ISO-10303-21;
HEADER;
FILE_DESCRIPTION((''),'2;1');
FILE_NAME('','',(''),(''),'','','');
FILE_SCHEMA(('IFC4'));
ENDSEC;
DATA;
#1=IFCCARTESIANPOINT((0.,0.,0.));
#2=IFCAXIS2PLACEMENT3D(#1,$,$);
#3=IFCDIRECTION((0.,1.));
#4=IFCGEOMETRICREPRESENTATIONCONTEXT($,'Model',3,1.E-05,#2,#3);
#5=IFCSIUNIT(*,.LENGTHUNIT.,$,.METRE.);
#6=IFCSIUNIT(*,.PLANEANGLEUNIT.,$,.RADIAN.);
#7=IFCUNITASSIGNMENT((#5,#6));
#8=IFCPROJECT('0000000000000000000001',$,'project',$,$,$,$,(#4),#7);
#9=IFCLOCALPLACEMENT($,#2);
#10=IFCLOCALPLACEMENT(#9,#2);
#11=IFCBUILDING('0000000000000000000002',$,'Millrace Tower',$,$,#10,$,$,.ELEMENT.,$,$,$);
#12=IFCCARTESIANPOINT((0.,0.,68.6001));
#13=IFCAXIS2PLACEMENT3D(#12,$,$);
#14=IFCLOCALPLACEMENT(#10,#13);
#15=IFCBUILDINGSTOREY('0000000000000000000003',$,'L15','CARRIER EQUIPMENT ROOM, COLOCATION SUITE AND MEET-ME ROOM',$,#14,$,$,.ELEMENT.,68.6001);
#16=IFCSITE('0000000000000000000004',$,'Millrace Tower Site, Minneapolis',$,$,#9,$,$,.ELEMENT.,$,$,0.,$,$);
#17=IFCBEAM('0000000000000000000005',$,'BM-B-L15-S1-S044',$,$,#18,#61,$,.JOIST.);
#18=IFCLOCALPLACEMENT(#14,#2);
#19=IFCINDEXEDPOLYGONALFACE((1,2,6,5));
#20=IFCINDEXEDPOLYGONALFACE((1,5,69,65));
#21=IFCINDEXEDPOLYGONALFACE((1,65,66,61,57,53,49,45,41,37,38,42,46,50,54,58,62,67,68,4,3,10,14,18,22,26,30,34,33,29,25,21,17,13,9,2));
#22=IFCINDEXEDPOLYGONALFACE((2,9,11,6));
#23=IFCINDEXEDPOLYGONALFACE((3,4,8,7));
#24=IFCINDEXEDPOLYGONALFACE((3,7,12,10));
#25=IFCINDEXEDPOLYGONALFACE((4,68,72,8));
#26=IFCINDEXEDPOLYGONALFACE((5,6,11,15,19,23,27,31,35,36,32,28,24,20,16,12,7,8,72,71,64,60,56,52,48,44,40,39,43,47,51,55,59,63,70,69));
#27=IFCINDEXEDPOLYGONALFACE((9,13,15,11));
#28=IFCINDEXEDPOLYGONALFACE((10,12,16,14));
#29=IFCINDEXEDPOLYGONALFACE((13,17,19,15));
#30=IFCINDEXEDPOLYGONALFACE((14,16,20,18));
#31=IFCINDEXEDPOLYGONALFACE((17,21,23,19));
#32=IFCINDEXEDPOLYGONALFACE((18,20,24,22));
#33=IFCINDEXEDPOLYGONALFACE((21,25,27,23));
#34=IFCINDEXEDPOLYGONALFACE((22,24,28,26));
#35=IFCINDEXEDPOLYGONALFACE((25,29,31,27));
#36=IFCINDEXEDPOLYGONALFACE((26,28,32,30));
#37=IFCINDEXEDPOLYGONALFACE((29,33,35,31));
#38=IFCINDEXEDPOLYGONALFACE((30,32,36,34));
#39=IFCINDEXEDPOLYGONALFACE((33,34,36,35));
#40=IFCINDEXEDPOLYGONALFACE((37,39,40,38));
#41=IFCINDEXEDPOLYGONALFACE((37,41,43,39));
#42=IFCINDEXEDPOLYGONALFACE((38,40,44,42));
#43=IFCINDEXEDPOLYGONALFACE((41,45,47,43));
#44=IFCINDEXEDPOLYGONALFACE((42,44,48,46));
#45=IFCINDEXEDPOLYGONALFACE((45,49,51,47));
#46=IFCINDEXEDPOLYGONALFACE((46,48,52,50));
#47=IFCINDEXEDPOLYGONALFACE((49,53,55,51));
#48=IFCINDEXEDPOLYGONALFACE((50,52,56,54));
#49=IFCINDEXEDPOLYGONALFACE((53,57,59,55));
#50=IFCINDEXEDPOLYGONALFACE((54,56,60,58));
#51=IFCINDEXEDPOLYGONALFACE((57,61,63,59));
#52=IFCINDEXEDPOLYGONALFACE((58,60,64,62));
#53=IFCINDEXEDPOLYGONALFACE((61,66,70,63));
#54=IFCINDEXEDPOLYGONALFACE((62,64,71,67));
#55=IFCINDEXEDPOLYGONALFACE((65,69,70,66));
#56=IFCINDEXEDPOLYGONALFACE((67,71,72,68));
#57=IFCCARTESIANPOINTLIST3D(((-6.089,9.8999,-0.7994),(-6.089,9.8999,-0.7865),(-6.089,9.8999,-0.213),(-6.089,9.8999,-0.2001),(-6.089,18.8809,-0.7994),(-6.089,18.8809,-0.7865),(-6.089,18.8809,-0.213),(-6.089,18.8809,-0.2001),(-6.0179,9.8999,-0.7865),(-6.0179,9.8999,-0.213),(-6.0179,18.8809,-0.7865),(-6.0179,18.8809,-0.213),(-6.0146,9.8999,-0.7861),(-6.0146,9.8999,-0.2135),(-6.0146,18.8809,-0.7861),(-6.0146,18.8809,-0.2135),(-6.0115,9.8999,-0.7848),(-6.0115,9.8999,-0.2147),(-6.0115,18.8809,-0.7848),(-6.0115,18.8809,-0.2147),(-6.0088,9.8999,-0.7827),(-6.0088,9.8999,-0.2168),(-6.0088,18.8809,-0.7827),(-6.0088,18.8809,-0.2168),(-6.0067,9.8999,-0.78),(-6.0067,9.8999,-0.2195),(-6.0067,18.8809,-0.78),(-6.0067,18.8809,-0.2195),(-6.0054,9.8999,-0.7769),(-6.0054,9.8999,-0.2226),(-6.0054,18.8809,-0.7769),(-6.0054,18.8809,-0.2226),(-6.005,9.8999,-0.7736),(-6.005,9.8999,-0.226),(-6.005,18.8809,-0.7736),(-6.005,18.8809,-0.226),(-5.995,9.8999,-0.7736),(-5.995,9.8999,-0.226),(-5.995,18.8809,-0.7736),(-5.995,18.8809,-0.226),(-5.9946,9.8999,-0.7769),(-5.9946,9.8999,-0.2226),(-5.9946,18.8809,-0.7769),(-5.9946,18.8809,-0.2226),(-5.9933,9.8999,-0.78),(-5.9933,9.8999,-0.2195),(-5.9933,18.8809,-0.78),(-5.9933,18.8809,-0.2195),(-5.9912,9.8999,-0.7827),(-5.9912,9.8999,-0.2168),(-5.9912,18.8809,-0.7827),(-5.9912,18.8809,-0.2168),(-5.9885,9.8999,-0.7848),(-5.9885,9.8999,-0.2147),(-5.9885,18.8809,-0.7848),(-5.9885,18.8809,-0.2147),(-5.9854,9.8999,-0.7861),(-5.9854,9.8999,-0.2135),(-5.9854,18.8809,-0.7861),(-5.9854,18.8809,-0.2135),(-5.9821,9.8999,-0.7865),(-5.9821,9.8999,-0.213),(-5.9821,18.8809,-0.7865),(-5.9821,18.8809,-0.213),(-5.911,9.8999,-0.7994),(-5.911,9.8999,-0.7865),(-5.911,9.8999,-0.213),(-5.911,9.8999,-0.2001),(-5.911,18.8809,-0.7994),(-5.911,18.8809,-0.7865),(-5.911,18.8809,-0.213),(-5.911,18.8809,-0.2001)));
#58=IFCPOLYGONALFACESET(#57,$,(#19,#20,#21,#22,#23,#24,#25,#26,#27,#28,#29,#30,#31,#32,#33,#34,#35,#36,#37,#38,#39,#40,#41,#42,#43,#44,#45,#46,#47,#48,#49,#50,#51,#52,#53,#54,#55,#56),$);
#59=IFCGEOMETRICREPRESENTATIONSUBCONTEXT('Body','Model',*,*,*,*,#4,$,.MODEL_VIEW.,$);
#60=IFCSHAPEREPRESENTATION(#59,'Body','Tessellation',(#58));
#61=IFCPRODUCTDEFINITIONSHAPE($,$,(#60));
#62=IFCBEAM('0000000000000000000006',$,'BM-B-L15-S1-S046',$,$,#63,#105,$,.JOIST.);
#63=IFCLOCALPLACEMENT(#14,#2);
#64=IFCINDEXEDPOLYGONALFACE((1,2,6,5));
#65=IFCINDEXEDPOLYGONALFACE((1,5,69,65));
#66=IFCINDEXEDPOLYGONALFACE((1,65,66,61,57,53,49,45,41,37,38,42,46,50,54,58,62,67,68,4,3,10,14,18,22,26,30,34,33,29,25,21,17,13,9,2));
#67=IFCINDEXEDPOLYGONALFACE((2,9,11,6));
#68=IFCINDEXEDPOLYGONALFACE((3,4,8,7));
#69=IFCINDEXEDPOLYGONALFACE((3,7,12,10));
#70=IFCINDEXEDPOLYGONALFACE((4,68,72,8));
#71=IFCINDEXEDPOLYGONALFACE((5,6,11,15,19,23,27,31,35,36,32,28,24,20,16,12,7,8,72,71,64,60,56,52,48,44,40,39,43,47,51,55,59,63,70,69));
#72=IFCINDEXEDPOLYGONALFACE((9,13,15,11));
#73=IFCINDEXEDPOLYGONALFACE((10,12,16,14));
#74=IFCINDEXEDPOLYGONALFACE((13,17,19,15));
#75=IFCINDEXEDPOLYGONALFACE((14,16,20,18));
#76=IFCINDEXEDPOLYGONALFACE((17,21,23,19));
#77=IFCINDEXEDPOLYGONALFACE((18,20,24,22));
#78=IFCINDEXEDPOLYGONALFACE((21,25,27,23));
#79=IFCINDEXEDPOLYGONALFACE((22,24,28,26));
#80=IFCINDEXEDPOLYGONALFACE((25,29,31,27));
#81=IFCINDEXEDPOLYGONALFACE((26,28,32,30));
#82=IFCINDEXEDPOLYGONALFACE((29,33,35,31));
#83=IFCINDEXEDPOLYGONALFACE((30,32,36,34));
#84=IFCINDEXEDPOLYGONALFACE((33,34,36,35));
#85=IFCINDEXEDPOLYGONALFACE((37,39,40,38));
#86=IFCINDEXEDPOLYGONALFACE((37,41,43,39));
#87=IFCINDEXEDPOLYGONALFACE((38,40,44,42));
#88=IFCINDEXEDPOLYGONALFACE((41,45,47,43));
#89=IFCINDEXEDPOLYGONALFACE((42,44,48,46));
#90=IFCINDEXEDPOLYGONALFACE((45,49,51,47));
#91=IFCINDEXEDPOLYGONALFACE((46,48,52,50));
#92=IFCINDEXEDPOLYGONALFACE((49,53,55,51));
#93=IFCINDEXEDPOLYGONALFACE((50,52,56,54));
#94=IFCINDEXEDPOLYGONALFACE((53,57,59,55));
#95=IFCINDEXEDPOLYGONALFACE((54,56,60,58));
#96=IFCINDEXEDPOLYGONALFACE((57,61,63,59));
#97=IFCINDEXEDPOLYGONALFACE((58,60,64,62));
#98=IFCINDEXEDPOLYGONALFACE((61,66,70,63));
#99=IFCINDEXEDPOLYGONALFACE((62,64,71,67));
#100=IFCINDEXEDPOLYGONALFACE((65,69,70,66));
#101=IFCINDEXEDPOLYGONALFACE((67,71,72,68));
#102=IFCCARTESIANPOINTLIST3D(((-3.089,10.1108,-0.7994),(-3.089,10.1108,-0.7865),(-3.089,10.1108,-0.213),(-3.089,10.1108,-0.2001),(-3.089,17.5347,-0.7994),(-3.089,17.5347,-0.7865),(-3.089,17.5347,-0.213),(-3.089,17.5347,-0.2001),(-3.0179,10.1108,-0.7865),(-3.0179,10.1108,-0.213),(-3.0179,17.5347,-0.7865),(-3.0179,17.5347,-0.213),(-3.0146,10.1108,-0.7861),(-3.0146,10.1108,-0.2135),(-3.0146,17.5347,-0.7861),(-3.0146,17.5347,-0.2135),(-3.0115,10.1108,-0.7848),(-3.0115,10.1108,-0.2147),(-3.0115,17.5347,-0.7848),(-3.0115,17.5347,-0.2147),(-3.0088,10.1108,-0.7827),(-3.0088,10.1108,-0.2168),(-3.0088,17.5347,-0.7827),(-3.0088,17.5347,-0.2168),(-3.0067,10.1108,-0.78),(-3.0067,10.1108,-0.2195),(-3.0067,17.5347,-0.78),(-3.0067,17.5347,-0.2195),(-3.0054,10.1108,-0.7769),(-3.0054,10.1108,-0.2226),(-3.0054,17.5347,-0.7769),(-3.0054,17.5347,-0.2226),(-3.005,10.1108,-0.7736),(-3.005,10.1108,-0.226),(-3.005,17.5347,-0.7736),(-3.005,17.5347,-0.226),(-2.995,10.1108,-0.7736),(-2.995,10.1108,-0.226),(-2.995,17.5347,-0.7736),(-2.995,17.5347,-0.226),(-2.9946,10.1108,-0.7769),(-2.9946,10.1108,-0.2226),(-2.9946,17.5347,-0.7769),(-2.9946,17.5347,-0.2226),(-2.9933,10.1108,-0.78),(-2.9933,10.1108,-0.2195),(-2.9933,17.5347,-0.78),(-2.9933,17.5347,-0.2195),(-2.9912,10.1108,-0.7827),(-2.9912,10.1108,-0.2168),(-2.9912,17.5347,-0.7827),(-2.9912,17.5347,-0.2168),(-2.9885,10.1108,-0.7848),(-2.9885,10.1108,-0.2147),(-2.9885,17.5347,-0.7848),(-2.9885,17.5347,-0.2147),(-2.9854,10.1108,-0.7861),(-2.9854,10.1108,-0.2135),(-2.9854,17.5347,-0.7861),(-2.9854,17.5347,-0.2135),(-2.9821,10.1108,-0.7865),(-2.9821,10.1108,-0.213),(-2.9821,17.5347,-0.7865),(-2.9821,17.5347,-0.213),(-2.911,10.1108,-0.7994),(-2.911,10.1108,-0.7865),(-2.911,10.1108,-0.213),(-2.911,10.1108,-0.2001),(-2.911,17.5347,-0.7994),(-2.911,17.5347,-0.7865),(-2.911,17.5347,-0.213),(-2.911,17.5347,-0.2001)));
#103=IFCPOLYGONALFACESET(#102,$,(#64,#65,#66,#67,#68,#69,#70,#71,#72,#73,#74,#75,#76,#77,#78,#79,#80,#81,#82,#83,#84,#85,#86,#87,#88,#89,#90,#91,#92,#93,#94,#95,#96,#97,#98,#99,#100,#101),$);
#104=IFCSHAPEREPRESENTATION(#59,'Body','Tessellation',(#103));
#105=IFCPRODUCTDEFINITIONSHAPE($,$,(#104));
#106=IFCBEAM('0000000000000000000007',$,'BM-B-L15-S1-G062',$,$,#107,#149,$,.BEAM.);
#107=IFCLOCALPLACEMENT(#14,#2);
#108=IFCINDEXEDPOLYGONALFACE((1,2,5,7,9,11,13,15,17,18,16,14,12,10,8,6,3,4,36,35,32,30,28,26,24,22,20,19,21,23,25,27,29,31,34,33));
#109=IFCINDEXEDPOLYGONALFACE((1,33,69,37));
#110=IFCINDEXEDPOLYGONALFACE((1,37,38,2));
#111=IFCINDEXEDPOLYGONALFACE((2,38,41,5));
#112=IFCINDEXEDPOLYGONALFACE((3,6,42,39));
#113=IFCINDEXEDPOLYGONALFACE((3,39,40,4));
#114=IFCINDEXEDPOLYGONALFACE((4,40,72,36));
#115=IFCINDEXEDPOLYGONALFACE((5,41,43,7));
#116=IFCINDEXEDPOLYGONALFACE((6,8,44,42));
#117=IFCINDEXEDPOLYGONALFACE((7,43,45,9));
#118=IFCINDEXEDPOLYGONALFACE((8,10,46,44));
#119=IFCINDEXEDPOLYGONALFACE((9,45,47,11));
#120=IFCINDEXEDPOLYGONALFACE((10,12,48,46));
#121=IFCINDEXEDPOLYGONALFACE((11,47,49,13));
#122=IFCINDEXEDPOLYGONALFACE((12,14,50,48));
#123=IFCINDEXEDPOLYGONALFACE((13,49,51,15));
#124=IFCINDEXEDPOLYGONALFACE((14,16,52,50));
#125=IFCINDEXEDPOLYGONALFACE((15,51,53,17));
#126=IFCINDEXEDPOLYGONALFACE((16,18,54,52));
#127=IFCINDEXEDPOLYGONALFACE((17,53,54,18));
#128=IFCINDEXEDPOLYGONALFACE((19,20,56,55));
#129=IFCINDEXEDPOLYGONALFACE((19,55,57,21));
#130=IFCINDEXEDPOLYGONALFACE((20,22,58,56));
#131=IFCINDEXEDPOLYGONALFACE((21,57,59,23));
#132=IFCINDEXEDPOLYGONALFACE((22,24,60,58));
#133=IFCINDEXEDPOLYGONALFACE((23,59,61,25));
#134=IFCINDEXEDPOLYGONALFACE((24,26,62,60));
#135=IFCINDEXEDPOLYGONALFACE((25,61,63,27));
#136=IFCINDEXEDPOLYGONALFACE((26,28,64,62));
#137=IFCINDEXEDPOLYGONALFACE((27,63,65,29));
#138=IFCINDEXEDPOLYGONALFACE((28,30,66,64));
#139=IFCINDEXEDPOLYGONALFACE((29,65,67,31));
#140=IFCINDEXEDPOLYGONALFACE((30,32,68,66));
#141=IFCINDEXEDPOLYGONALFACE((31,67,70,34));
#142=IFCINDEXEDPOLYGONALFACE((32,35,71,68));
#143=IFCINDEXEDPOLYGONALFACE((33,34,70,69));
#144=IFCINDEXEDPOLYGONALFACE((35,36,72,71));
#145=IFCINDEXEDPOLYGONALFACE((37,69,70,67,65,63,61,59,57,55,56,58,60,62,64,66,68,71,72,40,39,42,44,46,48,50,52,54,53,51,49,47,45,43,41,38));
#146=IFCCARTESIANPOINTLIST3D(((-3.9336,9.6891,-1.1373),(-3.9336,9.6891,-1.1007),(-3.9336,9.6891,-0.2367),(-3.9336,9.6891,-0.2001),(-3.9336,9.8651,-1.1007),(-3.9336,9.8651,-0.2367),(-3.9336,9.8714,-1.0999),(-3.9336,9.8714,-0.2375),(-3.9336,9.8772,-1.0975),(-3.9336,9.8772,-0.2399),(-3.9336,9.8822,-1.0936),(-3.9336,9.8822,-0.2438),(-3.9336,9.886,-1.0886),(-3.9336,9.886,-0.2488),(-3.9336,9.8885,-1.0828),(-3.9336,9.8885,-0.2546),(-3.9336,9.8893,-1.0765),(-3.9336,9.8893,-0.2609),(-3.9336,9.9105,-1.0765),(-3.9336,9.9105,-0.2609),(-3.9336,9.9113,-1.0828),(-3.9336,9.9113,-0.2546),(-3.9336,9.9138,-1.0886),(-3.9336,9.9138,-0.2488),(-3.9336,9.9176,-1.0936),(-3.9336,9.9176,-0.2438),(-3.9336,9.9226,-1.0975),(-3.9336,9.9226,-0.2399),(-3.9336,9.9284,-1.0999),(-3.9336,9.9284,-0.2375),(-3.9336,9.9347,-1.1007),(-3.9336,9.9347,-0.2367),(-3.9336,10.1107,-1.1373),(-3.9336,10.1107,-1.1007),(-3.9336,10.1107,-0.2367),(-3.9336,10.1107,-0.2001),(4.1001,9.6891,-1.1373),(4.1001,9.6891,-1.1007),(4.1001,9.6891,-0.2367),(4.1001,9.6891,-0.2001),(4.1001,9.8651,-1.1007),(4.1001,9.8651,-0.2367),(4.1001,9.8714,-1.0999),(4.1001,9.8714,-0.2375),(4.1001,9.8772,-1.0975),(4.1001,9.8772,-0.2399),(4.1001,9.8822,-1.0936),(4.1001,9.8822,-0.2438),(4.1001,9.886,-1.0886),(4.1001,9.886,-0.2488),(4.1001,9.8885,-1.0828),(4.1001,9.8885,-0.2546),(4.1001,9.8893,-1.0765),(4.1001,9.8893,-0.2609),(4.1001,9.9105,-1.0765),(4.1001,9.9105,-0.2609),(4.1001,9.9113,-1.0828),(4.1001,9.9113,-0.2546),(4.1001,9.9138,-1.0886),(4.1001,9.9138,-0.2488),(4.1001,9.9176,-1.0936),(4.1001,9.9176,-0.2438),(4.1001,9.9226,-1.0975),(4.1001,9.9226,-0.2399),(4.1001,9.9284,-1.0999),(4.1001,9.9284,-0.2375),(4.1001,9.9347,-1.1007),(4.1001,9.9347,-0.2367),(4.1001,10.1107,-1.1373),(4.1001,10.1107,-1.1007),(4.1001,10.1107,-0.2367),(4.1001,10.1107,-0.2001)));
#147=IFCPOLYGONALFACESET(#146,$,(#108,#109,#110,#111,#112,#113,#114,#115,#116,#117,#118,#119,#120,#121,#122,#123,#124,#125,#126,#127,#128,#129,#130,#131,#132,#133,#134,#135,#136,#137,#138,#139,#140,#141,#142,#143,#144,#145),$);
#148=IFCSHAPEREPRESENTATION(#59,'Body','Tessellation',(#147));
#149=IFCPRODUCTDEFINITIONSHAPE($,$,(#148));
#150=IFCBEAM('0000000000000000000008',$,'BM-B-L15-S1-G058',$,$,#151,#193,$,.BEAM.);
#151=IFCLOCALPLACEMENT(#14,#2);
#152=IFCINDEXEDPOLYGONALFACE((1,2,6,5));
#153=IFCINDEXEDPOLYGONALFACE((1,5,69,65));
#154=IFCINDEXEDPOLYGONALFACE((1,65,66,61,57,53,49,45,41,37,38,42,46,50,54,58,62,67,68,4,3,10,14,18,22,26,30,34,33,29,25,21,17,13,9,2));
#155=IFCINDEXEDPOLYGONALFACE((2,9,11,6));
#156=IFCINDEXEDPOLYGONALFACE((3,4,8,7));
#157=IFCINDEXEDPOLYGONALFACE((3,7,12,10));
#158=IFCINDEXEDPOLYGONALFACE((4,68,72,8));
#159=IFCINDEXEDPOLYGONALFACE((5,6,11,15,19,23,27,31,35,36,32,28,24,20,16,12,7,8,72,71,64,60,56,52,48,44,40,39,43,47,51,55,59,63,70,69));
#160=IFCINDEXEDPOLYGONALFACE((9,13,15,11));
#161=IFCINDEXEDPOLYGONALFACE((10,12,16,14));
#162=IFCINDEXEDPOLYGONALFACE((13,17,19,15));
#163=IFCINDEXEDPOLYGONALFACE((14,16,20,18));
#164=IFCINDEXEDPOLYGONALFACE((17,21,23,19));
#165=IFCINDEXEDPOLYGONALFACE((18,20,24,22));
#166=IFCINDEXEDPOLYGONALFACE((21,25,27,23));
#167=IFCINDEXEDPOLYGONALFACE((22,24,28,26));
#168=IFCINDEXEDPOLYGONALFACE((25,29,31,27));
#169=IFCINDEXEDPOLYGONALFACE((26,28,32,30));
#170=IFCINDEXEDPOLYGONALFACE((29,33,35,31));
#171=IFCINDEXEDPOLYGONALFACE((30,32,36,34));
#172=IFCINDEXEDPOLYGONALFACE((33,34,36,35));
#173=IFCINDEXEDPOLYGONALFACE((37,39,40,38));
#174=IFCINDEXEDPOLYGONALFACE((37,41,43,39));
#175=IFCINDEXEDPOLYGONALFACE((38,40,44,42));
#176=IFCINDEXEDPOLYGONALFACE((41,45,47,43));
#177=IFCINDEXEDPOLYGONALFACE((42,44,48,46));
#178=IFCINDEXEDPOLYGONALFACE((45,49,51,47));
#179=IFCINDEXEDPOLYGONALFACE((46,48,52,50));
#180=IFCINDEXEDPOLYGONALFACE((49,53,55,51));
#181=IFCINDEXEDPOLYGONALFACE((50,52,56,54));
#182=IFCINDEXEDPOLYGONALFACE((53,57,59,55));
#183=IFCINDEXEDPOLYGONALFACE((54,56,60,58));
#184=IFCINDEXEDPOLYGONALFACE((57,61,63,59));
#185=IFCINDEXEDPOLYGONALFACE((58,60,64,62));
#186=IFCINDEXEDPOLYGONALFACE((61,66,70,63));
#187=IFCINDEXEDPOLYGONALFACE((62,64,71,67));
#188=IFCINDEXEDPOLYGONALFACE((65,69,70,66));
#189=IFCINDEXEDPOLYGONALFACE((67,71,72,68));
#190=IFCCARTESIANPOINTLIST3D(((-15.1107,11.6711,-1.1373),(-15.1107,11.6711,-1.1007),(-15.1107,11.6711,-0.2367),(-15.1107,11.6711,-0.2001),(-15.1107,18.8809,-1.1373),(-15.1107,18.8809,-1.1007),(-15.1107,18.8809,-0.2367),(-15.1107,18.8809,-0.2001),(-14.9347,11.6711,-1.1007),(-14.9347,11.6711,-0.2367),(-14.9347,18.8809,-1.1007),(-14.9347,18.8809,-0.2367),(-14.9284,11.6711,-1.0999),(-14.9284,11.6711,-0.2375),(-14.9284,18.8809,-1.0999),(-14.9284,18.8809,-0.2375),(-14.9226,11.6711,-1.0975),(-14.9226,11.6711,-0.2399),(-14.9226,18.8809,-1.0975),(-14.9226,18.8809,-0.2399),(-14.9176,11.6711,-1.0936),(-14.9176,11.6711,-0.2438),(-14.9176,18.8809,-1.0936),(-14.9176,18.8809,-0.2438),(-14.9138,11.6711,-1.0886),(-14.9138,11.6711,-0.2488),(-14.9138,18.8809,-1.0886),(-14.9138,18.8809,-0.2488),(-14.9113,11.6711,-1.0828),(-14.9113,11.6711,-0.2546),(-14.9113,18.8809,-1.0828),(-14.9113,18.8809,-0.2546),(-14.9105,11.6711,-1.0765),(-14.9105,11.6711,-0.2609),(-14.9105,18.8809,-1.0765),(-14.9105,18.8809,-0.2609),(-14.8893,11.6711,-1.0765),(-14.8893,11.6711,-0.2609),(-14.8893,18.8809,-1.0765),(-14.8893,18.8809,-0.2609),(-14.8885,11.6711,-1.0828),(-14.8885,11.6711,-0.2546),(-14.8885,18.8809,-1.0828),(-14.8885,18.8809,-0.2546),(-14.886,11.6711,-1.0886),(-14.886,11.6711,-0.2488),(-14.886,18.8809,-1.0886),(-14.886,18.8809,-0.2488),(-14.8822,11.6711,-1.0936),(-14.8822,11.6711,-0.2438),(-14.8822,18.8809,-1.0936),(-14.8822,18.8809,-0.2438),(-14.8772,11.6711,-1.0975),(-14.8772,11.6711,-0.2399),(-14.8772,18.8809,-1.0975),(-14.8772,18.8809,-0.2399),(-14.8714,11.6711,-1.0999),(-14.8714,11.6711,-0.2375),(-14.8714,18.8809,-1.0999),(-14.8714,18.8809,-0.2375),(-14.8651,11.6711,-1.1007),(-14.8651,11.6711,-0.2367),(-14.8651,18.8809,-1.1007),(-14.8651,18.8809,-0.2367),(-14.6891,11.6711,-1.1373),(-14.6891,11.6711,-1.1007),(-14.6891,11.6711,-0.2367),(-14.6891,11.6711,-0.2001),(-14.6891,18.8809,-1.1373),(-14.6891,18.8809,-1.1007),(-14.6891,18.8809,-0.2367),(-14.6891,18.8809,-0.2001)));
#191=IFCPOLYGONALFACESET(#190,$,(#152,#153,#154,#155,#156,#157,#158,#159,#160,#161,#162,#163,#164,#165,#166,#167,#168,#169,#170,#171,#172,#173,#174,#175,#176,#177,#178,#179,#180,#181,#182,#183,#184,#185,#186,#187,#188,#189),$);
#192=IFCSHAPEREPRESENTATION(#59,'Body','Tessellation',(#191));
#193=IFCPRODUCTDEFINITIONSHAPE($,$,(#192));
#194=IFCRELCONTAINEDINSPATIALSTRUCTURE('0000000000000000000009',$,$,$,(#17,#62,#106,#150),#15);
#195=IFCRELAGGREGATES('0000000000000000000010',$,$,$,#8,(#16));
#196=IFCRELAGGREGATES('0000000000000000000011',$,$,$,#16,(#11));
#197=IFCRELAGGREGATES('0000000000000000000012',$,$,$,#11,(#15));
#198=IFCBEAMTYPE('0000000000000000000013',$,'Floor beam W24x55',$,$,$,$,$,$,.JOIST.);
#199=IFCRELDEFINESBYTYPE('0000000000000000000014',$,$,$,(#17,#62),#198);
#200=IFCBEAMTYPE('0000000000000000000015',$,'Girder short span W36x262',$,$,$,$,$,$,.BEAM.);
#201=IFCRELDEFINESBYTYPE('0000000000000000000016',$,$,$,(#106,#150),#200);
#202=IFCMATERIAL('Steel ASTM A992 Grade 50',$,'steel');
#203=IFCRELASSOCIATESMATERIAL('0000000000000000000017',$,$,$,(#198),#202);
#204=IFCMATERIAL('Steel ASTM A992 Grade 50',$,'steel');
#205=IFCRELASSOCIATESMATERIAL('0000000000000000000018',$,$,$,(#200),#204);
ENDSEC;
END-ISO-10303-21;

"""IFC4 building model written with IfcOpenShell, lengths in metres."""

from ifc_helpers import new_model, si_unit, direction, frame, origin, origin_2d, place, context, subcontext, project, spatial, i_section, extrude, material, material_profile, profile_set, type_object, element, save


model = new_model("IFC4")

# Units and contexts
model_context = context("Model", 3, precision=1e-05, world=origin(), true_north=direction((0.0, 1.0)))
body_context = subcontext(model_context, "Body", "Model", "MODEL_VIEW")
ifc_project = project(units=[si_unit("LENGTHUNIT", "METRE"), si_unit("PLANEANGLEUNIT", "RADIAN")], contexts=[model_context])

# Site, building, storey
site_placement = place(None, origin())
site = spatial("IfcSite", under=ifc_project, at=site_placement, Name="Millrace Tower Site, Minneapolis", CompositionType="ELEMENT", RefElevation=0.0)
building_placement = place(site_placement, origin())
building = spatial("IfcBuilding", under=site, at=building_placement, Name="Millrace Tower", CompositionType="ELEMENT")
storey_placement = place(building_placement, frame((0.0, 0.0, 68.6001)))
storey = spatial("IfcBuildingStorey", under=building, at=storey_placement, Name="L15", Description="CARRIER EQUIPMENT ROOM, COLOCATION SUITE AND MEET-ME ROOM", CompositionType="ELEMENT", Elevation=68.6001)

# Beams
ifc_material_1 = material(Name="Steel ASTM A992 Grade 50", Category="steel")
ifc_material_profile_1 = material_profile(ifc_material_1, i_section(OverallWidth=0.178, OverallDepth=0.5994, WebThickness=0.01, FlangeThickness=0.0129, FilletRadius=0.0129, at=origin_2d()))
ifc_profile_set_1 = profile_set([ifc_material_profile_1], Name="Steel ASTM A992 Grade 50")
beam_type_1 = type_object("IfcBeamType", Name="Floor beam W24x55", PredefinedType="JOIST", material=ifc_profile_set_1)
for number, where, z_axis, x_axis, name in (
    (1, (-6.0, 9.8999, -0.4998), (0.0, 1.0, 0.0), (-1.0, 0.0, 0.0), "BM-B-L15-S1-S044"),
):
    element("IfcBeam", number, at=place(storey_placement, frame(where, z_axis=z_axis, x_axis=x_axis)), inside=storey, type_object=beam_type_1, Name=name, PredefinedType="JOIST", context=body_context, shape_type="SweptSolid", body=[
        extrude(i_section(OverallWidth=0.178, OverallDepth=0.5994, WebThickness=0.01, FlangeThickness=0.0129, FilletRadius=0.0129, at=origin_2d()), origin(), (0.0, 0.0, 1.0), 8.981),
    ])
beam_1_placement = place(storey_placement, frame((-3.0, 10.1108, -0.4998), z_axis=(0.0, 1.0, 0.0), x_axis=(-1.0, 0.0, 0.0)))
element("IfcBeam", 2, at=beam_1_placement, inside=storey, type_object=beam_type_1, Name="BM-B-L15-S1-S046", PredefinedType="JOIST", context=body_context, shape_type="SweptSolid", body=[
    extrude(i_section(OverallWidth=0.178, OverallDepth=0.5994, WebThickness=0.01, FlangeThickness=0.0129, FilletRadius=0.0129, at=origin_2d()), origin(), (0.0, 0.0, 1.0), 7.4238),
])
ifc_material_2 = material(Name="Steel ASTM A992 Grade 50", Category="steel")
ifc_material_profile_2 = material_profile(ifc_material_2, i_section(OverallWidth=0.4216, OverallDepth=0.9373, WebThickness=0.0212, FlangeThickness=0.0366, FilletRadius=0.0242, at=origin_2d()))
ifc_profile_set_2 = profile_set([ifc_material_profile_2], Name="Steel ASTM A992 Grade 50")
beam_type_2 = type_object("IfcBeamType", Name="Girder short span W36x262", PredefinedType="BEAM", material=ifc_profile_set_2)
beam_2_placement = place(storey_placement, frame((-3.9336, 9.8999, -0.6687), z_axis=(1.0, 0.0, 0.0), x_axis=(0.0, 1.0, 0.0)))
element("IfcBeam", 3, at=beam_2_placement, inside=storey, type_object=beam_type_2, Name="BM-B-L15-S1-G062", PredefinedType="BEAM", context=body_context, shape_type="SweptSolid", body=[
    extrude(i_section(OverallWidth=0.4216, OverallDepth=0.9373, WebThickness=0.0212, FlangeThickness=0.0366, FilletRadius=0.0242, at=origin_2d()), origin(), (0.0, 0.0, 1.0), 8.0337),
])
beam_3_placement = place(storey_placement, frame((-14.8999, 11.6711, -0.6687), z_axis=(0.0, 1.0, 0.0), x_axis=(-1.0, 0.0, 0.0)))
element("IfcBeam", 4, at=beam_3_placement, inside=storey, type_object=beam_type_2, Name="BM-B-L15-S1-G058", PredefinedType="BEAM", context=body_context, shape_type="SweptSolid", body=[
    extrude(i_section(OverallWidth=0.4216, OverallDepth=0.9373, WebThickness=0.0212, FlangeThickness=0.0366, FilletRadius=0.0242, at=origin_2d()), origin(), (0.0, 0.0, 1.0), 7.2097),
])

save(model, "model.ifc")
